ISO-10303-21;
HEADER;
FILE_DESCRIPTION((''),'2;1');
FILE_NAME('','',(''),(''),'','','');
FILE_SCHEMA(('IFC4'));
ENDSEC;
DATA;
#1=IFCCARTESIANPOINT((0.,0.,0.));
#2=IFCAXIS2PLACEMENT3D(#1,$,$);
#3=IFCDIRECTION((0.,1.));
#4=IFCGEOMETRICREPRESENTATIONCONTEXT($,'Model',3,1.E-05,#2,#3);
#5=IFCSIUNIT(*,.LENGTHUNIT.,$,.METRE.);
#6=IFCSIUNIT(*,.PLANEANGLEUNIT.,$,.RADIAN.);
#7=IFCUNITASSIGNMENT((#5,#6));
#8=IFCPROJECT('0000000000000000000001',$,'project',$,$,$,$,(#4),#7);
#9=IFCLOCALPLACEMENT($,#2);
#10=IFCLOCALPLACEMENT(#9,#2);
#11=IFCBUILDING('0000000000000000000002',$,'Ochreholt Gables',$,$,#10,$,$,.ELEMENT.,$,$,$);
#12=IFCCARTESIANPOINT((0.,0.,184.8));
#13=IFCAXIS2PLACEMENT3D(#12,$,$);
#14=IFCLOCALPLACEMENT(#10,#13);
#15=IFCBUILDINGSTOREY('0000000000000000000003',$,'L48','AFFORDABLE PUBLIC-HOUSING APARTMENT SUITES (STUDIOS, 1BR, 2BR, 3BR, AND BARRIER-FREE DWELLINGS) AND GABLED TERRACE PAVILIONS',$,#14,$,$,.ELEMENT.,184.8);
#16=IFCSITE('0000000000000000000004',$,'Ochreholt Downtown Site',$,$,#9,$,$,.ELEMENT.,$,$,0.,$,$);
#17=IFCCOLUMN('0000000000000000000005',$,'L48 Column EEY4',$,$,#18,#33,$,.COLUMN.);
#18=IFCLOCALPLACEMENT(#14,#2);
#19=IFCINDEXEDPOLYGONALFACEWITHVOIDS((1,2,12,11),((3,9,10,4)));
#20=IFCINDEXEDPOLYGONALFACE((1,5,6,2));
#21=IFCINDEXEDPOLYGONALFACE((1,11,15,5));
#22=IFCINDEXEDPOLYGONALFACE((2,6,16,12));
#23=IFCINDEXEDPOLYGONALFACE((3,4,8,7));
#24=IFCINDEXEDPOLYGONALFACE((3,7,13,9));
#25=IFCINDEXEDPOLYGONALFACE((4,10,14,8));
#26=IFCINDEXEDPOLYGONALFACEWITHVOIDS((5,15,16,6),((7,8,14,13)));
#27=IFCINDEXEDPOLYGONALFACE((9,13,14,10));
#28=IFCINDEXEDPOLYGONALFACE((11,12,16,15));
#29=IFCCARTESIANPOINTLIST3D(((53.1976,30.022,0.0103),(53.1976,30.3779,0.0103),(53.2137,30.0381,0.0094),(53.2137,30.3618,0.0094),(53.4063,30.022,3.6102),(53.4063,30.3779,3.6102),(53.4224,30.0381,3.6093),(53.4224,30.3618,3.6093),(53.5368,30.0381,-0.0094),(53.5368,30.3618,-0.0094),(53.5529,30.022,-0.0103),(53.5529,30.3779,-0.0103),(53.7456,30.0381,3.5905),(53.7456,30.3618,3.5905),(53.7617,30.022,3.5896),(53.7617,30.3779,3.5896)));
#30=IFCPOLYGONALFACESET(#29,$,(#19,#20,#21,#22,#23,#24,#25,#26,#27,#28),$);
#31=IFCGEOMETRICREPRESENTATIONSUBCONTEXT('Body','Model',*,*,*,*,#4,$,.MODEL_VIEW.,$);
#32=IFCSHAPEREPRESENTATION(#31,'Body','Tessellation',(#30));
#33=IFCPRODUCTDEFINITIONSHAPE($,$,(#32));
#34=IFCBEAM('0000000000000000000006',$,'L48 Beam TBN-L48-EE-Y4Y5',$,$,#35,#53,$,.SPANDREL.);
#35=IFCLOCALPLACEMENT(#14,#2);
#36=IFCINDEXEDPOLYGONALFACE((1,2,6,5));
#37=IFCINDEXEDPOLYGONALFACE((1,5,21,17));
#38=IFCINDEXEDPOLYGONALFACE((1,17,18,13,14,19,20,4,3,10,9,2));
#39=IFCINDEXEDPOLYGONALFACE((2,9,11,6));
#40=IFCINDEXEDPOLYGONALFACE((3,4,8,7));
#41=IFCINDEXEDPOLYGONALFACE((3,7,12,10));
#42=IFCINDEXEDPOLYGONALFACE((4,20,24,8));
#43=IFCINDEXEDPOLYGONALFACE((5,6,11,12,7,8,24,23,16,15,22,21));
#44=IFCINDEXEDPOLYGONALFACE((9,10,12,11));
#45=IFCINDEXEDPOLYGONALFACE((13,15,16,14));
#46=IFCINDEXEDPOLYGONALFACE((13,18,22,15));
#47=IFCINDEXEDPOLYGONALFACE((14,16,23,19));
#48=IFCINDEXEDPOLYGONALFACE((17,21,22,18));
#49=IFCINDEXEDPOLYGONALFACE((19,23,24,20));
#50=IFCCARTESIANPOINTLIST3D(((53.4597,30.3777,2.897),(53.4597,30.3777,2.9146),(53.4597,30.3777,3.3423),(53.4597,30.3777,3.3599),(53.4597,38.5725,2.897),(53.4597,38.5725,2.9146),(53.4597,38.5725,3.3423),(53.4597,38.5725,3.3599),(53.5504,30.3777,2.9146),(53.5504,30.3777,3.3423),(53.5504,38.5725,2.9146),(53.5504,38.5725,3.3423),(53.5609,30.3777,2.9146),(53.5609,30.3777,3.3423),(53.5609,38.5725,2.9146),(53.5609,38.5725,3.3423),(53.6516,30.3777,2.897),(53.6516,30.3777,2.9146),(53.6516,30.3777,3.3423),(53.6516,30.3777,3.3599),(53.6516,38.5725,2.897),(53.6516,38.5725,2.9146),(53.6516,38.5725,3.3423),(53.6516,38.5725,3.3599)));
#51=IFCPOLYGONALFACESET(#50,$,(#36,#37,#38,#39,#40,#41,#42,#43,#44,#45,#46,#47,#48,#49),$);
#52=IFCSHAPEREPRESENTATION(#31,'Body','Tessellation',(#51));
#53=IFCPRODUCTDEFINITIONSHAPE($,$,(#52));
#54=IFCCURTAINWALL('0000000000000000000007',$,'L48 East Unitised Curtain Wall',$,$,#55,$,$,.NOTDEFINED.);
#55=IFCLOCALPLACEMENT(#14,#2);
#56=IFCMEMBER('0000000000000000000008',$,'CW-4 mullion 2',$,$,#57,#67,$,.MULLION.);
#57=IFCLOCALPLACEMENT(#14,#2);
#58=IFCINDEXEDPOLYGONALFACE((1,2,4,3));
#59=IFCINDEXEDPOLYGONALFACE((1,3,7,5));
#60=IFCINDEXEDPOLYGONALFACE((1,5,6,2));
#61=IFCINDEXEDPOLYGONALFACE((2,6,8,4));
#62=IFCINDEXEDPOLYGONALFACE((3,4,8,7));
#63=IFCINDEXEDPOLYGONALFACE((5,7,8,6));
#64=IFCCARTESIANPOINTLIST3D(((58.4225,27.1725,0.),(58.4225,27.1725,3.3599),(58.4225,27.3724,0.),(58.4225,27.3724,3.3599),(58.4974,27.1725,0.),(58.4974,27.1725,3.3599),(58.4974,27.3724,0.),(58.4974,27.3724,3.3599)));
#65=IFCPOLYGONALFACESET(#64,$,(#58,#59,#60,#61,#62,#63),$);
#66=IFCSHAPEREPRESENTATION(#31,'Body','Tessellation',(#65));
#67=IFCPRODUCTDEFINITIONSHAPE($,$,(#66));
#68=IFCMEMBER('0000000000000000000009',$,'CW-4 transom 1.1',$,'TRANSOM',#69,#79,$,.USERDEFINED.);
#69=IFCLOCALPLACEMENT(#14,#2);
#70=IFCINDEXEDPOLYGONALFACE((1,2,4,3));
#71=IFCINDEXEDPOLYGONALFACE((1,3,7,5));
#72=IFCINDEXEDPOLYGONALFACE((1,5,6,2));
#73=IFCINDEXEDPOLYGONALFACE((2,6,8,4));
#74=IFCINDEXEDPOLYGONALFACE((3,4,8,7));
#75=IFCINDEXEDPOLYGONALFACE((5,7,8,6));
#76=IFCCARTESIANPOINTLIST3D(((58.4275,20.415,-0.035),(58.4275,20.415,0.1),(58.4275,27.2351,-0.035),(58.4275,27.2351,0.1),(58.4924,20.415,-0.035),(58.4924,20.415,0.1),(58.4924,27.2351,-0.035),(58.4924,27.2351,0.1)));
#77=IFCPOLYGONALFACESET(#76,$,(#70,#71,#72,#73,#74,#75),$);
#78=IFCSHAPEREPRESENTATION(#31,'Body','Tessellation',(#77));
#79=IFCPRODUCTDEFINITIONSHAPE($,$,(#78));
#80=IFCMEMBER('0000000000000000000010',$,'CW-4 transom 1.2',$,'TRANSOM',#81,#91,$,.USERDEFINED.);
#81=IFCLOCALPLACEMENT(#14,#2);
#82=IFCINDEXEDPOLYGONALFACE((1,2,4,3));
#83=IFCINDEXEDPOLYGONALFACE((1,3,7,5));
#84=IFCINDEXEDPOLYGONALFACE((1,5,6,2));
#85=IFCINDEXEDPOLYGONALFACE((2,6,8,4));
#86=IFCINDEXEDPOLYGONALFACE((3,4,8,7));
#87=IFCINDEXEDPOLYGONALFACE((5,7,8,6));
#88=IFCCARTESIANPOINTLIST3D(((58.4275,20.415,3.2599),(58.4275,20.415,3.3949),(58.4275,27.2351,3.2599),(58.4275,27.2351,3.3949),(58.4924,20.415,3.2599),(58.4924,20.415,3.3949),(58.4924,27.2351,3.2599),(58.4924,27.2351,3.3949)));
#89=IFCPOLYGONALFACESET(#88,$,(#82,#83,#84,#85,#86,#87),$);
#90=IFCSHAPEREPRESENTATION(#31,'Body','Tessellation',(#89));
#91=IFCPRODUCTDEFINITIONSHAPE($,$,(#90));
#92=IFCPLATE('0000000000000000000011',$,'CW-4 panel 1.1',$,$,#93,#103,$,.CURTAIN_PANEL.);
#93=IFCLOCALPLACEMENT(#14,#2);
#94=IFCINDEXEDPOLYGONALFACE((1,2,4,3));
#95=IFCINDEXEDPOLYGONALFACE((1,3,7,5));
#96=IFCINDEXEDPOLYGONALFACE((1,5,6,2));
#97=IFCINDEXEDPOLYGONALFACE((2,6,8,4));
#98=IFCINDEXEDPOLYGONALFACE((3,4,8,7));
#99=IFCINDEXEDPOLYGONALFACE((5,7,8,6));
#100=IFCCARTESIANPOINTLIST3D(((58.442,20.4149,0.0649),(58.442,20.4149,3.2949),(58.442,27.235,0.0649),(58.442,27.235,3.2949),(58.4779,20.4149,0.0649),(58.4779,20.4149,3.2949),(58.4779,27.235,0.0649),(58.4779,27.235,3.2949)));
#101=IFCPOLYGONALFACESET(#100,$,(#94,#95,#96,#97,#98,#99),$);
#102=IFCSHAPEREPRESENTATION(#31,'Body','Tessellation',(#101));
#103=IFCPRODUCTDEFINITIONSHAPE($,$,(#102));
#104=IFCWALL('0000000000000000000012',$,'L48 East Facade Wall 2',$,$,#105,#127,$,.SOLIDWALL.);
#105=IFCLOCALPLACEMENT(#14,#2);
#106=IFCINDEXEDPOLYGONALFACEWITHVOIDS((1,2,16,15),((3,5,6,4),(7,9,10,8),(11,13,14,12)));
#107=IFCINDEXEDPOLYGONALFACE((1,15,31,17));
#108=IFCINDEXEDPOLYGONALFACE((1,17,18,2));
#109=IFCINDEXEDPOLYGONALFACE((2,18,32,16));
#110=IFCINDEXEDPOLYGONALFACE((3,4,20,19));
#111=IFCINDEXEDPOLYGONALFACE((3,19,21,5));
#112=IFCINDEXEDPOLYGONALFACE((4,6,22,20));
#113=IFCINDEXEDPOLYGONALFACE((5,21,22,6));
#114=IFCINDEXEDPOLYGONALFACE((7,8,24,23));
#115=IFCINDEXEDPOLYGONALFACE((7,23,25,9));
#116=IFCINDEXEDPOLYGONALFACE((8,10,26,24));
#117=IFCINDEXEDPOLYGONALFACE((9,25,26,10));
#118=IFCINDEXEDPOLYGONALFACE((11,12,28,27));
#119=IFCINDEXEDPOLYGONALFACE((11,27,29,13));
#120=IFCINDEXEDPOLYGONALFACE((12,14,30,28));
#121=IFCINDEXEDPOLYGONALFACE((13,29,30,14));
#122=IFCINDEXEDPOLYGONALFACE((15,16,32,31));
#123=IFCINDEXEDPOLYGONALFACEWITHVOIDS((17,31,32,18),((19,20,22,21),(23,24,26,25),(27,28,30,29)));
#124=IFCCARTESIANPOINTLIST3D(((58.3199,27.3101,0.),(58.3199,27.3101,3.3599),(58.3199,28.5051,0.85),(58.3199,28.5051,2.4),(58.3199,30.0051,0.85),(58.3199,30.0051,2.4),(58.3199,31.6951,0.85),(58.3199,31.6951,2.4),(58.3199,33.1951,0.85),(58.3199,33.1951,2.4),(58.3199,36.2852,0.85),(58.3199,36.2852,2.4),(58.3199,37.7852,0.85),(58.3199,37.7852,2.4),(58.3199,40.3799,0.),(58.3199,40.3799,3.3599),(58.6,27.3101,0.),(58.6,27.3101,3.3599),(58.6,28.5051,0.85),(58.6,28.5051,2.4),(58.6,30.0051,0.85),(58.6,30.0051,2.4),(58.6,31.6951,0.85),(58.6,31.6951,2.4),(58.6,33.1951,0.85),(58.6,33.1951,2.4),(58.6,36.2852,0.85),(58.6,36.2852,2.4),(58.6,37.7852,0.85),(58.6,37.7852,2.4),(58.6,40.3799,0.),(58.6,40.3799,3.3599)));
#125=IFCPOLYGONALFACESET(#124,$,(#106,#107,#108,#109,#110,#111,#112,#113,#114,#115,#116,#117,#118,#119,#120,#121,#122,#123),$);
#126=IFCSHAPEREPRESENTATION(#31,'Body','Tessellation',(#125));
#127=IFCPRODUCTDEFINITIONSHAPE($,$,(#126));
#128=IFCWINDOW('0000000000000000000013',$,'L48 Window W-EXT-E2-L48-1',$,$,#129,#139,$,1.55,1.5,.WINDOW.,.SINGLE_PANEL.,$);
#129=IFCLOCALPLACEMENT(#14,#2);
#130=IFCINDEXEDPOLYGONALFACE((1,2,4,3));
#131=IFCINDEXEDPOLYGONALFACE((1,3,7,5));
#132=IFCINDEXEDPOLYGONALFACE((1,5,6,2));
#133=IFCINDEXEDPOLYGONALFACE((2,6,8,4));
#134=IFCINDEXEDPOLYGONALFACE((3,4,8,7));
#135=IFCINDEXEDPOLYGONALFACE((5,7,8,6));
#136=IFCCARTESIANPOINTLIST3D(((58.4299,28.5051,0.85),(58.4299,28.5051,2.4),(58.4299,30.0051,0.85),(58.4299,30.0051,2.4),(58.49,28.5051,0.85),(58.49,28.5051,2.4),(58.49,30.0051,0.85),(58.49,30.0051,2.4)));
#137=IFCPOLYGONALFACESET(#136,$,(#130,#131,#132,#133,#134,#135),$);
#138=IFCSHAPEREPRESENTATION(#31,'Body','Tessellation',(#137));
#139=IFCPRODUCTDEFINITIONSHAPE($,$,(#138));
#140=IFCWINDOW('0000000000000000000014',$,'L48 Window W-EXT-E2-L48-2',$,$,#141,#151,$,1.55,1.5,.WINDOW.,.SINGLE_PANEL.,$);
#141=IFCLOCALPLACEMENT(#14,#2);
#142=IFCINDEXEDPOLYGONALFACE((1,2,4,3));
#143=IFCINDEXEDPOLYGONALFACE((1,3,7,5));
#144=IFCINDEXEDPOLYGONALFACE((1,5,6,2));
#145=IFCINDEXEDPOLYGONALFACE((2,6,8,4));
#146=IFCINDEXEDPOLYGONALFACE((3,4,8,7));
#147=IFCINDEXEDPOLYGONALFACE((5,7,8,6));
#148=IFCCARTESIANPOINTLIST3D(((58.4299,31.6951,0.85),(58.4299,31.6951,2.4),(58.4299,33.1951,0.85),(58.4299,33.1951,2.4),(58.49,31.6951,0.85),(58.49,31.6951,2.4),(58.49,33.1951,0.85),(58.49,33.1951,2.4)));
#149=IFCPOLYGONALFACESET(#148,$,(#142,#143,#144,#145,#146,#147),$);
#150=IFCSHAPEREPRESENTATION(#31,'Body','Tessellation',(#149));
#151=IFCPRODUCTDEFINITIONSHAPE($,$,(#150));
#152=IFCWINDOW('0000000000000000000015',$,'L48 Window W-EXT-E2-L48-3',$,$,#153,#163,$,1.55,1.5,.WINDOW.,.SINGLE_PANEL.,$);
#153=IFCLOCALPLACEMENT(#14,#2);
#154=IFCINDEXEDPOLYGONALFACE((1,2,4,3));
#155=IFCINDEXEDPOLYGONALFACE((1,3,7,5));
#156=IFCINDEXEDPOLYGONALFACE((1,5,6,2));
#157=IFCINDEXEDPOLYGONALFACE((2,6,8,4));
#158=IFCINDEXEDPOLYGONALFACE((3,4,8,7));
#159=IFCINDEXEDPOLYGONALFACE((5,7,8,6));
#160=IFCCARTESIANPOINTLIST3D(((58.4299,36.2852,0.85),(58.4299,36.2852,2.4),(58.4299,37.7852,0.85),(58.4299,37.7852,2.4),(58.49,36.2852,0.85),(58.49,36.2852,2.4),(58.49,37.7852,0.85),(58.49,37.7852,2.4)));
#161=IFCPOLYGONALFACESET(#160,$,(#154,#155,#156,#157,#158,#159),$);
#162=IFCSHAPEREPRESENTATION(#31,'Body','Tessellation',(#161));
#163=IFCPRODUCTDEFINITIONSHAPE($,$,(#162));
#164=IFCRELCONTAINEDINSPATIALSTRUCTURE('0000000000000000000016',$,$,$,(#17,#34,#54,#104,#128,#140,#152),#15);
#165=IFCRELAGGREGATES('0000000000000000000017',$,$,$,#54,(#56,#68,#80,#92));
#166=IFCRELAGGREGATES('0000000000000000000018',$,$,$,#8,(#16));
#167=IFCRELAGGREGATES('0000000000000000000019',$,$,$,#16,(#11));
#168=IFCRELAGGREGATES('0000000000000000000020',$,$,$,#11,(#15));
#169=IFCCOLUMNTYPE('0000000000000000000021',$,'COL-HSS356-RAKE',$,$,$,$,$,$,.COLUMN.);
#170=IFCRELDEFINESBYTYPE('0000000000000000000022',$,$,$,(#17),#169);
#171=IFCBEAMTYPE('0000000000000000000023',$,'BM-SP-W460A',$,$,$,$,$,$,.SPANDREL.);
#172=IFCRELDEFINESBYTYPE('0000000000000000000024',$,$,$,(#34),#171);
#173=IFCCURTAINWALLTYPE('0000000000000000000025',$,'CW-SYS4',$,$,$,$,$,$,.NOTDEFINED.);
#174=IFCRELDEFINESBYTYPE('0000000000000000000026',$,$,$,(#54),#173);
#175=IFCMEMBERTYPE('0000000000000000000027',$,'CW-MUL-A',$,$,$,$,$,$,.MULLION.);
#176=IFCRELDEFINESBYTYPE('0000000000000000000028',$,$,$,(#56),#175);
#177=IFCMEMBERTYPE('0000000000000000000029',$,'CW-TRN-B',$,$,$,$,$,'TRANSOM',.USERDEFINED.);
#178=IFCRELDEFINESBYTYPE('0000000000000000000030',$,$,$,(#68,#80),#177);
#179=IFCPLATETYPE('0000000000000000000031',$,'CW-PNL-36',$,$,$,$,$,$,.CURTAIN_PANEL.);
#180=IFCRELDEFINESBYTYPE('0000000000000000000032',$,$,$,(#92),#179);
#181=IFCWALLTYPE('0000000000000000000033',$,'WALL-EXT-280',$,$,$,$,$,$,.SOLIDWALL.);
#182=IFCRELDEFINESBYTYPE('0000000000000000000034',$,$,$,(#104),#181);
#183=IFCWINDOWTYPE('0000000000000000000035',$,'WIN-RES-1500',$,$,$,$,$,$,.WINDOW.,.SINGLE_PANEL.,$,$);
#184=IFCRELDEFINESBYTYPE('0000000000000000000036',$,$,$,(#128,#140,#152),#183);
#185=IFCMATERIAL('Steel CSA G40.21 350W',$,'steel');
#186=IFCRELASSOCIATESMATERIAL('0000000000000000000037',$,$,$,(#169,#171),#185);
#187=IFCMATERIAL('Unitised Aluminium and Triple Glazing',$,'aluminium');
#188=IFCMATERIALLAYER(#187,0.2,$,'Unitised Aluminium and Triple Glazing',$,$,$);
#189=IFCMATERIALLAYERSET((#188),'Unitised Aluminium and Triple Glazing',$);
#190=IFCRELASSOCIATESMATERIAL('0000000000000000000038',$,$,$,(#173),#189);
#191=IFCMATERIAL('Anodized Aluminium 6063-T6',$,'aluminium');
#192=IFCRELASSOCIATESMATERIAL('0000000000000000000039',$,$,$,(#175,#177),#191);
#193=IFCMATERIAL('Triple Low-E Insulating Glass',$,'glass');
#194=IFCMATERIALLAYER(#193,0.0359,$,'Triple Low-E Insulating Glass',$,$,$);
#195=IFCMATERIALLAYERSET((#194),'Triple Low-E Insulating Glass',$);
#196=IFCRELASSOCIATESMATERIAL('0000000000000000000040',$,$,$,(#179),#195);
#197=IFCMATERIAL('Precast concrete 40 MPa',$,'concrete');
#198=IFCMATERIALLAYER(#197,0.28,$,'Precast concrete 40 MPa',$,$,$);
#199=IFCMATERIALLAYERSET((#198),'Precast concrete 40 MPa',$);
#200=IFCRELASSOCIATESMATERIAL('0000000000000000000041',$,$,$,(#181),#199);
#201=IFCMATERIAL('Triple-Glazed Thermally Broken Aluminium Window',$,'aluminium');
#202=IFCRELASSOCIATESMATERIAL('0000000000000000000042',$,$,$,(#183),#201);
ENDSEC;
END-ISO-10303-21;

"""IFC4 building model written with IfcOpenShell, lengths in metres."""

from ifc_helpers import new_model, si_unit, direction, frame, frame_2d, origin, origin_2d, place, context, subcontext, project, spatial, rectangle, hollow_rectangle, i_section, extrude, material, layer, layer_set, material_profile, profile_set, type_object, element, fill, aggregate, save


model = new_model("IFC4")

# Units and contexts
model_context = context("Model", 3, precision=1e-05, world=origin(), true_north=direction((0.0, 1.0)))
body_context = subcontext(model_context, "Body", "Model", "MODEL_VIEW")
ifc_project = project(units=[si_unit("LENGTHUNIT", "METRE"), si_unit("PLANEANGLEUNIT", "RADIAN")], contexts=[model_context])

# Site, building, storey
site_placement = place(None, origin())
site = spatial("IfcSite", under=ifc_project, at=site_placement, Name="Ochreholt Downtown Site", CompositionType="ELEMENT", RefElevation=0.0)
building_placement = place(site_placement, origin())
building = spatial("IfcBuilding", under=site, at=building_placement, Name="Ochreholt Gables", CompositionType="ELEMENT")
storey_placement = place(building_placement, frame((0.0, 0.0, 184.8)))
storey = spatial("IfcBuildingStorey", under=building, at=storey_placement, Name="L48", Description="AFFORDABLE PUBLIC-HOUSING APARTMENT SUITES (STUDIOS, 1BR, 2BR, 3BR, AND BARRIER-FREE DWELLINGS) AND GABLED TERRACE PAVILIONS", CompositionType="ELEMENT", Elevation=184.8)

# Column
ifc_material_1 = material(Name="Steel CSA G40.21 350W", Category="steel")
ifc_material_profile_1 = material_profile(ifc_material_1, hollow_rectangle(XDim=0.356, YDim=0.356, WallThickness=0.0161, at=origin_2d()), Name="HSS356X356X16")
ifc_profile_set_1 = profile_set([ifc_material_profile_1], Name="Steel CSA G40.21 350W")
column_type = type_object("IfcColumnType", Name="COL-HSS356-RAKE", PredefinedType="COLUMN", material=ifc_profile_set_1)
column_placement = place(storey_placement, frame((53.3752, 30.2, 0.0), z_axis=(0.057889, 0.0, 0.998323), x_axis=(0.0, 1.0, 0.0)))
element("IfcColumn", 1, at=column_placement, inside=storey, type_object=column_type, Name="L48 Column EEY4", PredefinedType="COLUMN", context=body_context, shape_type="SweptSolid", body=[
    extrude(hollow_rectangle(XDim=0.356, YDim=0.356, WallThickness=0.0161, at=origin_2d()), origin(), (0.0, 0.0, 1.0), 3.606),
])

# Beam
ifc_material_profile_2 = material_profile(ifc_material_1, i_section(OverallWidth=0.1919, OverallDepth=0.4629, WebThickness=0.0105, FlangeThickness=0.0176, at=origin_2d()), Name="W460X89")
ifc_profile_set_2 = profile_set([ifc_material_profile_2], Name="Steel CSA G40.21 350W")
beam_type = type_object("IfcBeamType", Name="BM-SP-W460A", PredefinedType="SPANDREL", material=ifc_profile_set_2)
beam_placement = place(storey_placement, frame((53.5557, 30.3777, 3.1284), z_axis=(0.0, 1.0, 0.0), x_axis=(-1.0, 0.0, 0.0)))
element("IfcBeam", 2, at=beam_placement, inside=storey, type_object=beam_type, Name="L48 Beam TBN-L48-EE-Y4Y5", PredefinedType="SPANDREL", context=body_context, shape_type="SweptSolid", body=[
    extrude(i_section(OverallWidth=0.1919, OverallDepth=0.4629, WebThickness=0.0105, FlangeThickness=0.0176, at=origin_2d()), origin(), (0.0, 0.0, 1.0), 8.1948),
])

# Curtain wall, members, plate
ifc_material_2 = material(Name="Unitised Aluminium and Triple Glazing", Category="aluminium")
ifc_layer_1 = layer(ifc_material_2, 0.2, Name="Unitised Aluminium and Triple Glazing")
ifc_layer_set_1 = layer_set([ifc_layer_1], Name="Unitised Aluminium and Triple Glazing")
curtain_wall_type = type_object("IfcCurtainWallType", Name="CW-SYS4", PredefinedType="NOTDEFINED", material=ifc_layer_set_1)
curtain_wall_placement = place(storey_placement, origin())
curtain_wall = element("IfcCurtainWall", 3, at=curtain_wall_placement, inside=storey, type_object=curtain_wall_type, Name="L48 East Unitised Curtain Wall", PredefinedType="NOTDEFINED")
ifc_material_3 = material(Name="Anodized Aluminium 6063-T6", Category="aluminium")
ifc_material_profile_3 = material_profile(ifc_material_3, rectangle(XDim=0.075, YDim=0.2, at=origin_2d()), Name="CWM75X200")
ifc_profile_set_3 = profile_set([ifc_material_profile_3], Name="Anodized Aluminium 6063-T6")
member_type_1 = type_object("IfcMemberType", Name="CW-MUL-A", PredefinedType="MULLION", material=ifc_profile_set_3)
member_1_placement = place(storey_placement, frame((58.46, 27.2725, 0.0), z_axis=(0.0, 0.0, 1.0), x_axis=(-1.0, 0.0, 0.0)))
member_1 = element("IfcMember", 4, at=member_1_placement, type_object=member_type_1, Name="CW-4 mullion 2", PredefinedType="MULLION", context=body_context, shape_type="SweptSolid", body=[
    extrude(rectangle(XDim=0.075, YDim=0.2, at=origin_2d()), origin(), (0.0, 0.0, 1.0), 3.3599),
])
ifc_material_profile_4 = material_profile(ifc_material_3, rectangle(XDim=0.0649, YDim=0.135, at=origin_2d()), Name="CWT65X135")
ifc_profile_set_4 = profile_set([ifc_material_profile_4], Name="Anodized Aluminium 6063-T6")
member_type_2 = type_object("IfcMemberType", Name="CW-TRN-B", ElementType="TRANSOM", PredefinedType="USERDEFINED", material=ifc_profile_set_4)
member_2_placement = place(storey_placement, frame((58.46, 20.415, 0.0325), z_axis=(0.0, 1.0, 0.0), x_axis=(-1.0, 0.0, 0.0)))
member_2 = element("IfcMember", 5, at=member_2_placement, type_object=member_type_2, Name="CW-4 transom 1.1", ObjectType="TRANSOM", PredefinedType="USERDEFINED", context=body_context, shape_type="SweptSolid", body=[
    extrude(rectangle(XDim=0.0649, YDim=0.135, at=origin_2d()), origin(), (0.0, 0.0, 1.0), 6.8201),
])
member_3_placement = place(storey_placement, frame((58.46, 20.415, 3.3274), z_axis=(0.0, 1.0, 0.0), x_axis=(-1.0, 0.0, 0.0)))
member_3 = element("IfcMember", 6, at=member_3_placement, type_object=member_type_2, Name="CW-4 transom 1.2", ObjectType="TRANSOM", PredefinedType="USERDEFINED", context=body_context, shape_type="SweptSolid", body=[
    extrude(rectangle(XDim=0.0649, YDim=0.135, at=origin_2d()), origin(), (0.0, 0.0, 1.0), 6.8201),
])
ifc_material_4 = material(Name="Triple Low-E Insulating Glass", Category="glass")
ifc_layer_2 = layer(ifc_material_4, 0.0359, Name="Triple Low-E Insulating Glass")
ifc_layer_set_2 = layer_set([ifc_layer_2], Name="Triple Low-E Insulating Glass")
plate_type = type_object("IfcPlateType", Name="CW-PNL-36", PredefinedType="CURTAIN_PANEL", material=ifc_layer_set_2)
plate_placement = place(storey_placement, frame((58.46, 23.825, 0.0649), z_axis=(0.0, 0.0, 1.0), x_axis=(0.0, 1.0, 0.0)))
plate = element("IfcPlate", 7, at=plate_placement, type_object=plate_type, Name="CW-4 panel 1.1", PredefinedType="CURTAIN_PANEL", context=body_context, shape_type="SweptSolid", body=[
    extrude(rectangle(XDim=6.8201, YDim=0.0359, at=origin_2d()), origin(), (0.0, 0.0, 1.0), 3.23),
])
aggregate(curtain_wall, [member_1, member_2, member_3, plate])

# Wall, openings, windows
ifc_material_5 = material(Name="Precast concrete 40 MPa", Category="concrete")
ifc_layer_3 = layer(ifc_material_5, 0.28, Name="Precast concrete 40 MPa")
ifc_layer_set_3 = layer_set([ifc_layer_3], Name="Precast concrete 40 MPa")
wall_type_1 = type_object("IfcWallType", Name="WALL-EXT-280", PredefinedType="SOLIDWALL", material=ifc_layer_set_3)
wall_1_placement = place(storey_placement, frame((58.46, 27.3101, 0.0), z_axis=(0.0, 0.0, 1.0), x_axis=(0.0, 1.0, 0.0)))
wall_1 = element("IfcWall", 8, at=wall_1_placement, inside=storey, type_object=wall_type_1, Name="L48 East Facade Wall 2", PredefinedType="SOLIDWALL", context=body_context, shape_type="SweptSolid", body=[
    extrude(rectangle(XDim=13.0698, YDim=0.28, at=frame_2d((6.5349, 0.0))), origin(), (0.0, 0.0, 1.0), 3.3599),
])
opening_1_placement = place(wall_1_placement, frame((1.1951, 0.0, 0.8501)))
opening_1 = element("IfcOpeningElement", 9, at=opening_1_placement, cuts=wall_1, PredefinedType="OPENING", context=body_context, shape_type="SweptSolid", body=[
    extrude(rectangle(XDim=1.5, YDim=1.55, at=frame_2d((0.75, 0.7749))), frame((0.0, 0.1499, 0.0), z_axis=(0.0, -1.0, 0.0), x_axis=(1.0, 0.0, 0.0)), (0.0, 0.0, 1.0), 0.3),
])
opening_2_placement = place(wall_1_placement, frame((4.385, 0.0, 0.8501)))
opening_2 = element("IfcOpeningElement", 10, at=opening_2_placement, cuts=wall_1, PredefinedType="OPENING", context=body_context, shape_type="SweptSolid", body=[
    extrude(rectangle(XDim=1.5, YDim=1.55, at=frame_2d((0.75, 0.7749))), frame((0.0, 0.1499, 0.0), z_axis=(0.0, -1.0, 0.0), x_axis=(1.0, 0.0, 0.0)), (0.0, 0.0, 1.0), 0.3),
])
opening_3_placement = place(wall_1_placement, frame((8.9751, 0.0, 0.8501)))
opening_3 = element("IfcOpeningElement", 11, at=opening_3_placement, cuts=wall_1, PredefinedType="OPENING", context=body_context, shape_type="SweptSolid", body=[
    extrude(rectangle(XDim=1.5, YDim=1.55, at=frame_2d((0.75, 0.7749))), frame((0.0, 0.1499, 0.0), z_axis=(0.0, -1.0, 0.0), x_axis=(1.0, 0.0, 0.0)), (0.0, 0.0, 1.0), 0.3),
])
ifc_material_6 = material(Name="Triple-Glazed Thermally Broken Aluminium Window", Category="aluminium")
window_type = type_object("IfcWindowType", Name="WIN-RES-1500", PartitioningType="SINGLE_PANEL", PredefinedType="WINDOW", material=ifc_material_6)
window_1_placement = place(opening_1_placement, origin())
window_1 = element("IfcWindow", 12, at=window_1_placement, inside=storey, type_object=window_type, Name="L48 Window W-EXT-E2-L48-1", OverallHeight=1.55, OverallWidth=1.5, PartitioningType="SINGLE_PANEL", PredefinedType="WINDOW", context=body_context, shape_type="SweptSolid", body=[
    extrude(rectangle(XDim=1.5, YDim=1.55, at=frame_2d((0.75, 0.7749))), frame((0.0, 0.03, 0.0), z_axis=(0.0, -1.0, 0.0), x_axis=(1.0, 0.0, 0.0)), (0.0, 0.0, 1.0), 0.0601),
])
fill(opening_1, window_1)
window_2_placement = place(opening_2_placement, origin())
window_2 = element("IfcWindow", 13, at=window_2_placement, inside=storey, type_object=window_type, Name="L48 Window W-EXT-E2-L48-2", OverallHeight=1.55, OverallWidth=1.5, PartitioningType="SINGLE_PANEL", PredefinedType="WINDOW", context=body_context, shape_type="SweptSolid", body=[
    extrude(rectangle(XDim=1.5, YDim=1.55, at=frame_2d((0.75, 0.7749))), frame((0.0, 0.03, 0.0), z_axis=(0.0, -1.0, 0.0), x_axis=(1.0, 0.0, 0.0)), (0.0, 0.0, 1.0), 0.0601),
])
fill(opening_2, window_2)
window_3_placement = place(opening_3_placement, origin())
window_3 = element("IfcWindow", 14, at=window_3_placement, inside=storey, type_object=window_type, Name="L48 Window W-EXT-E2-L48-3", OverallHeight=1.55, OverallWidth=1.5, PartitioningType="SINGLE_PANEL", PredefinedType="WINDOW", context=body_context, shape_type="SweptSolid", body=[
    extrude(rectangle(XDim=1.5, YDim=1.55, at=frame_2d((0.75, 0.7749))), frame((0.0, 0.03, 0.0), z_axis=(0.0, -1.0, 0.0), x_axis=(1.0, 0.0, 0.0)), (0.0, 0.0, 1.0), 0.0601),
])
fill(opening_3, window_3)

save(model, "model.ifc")
